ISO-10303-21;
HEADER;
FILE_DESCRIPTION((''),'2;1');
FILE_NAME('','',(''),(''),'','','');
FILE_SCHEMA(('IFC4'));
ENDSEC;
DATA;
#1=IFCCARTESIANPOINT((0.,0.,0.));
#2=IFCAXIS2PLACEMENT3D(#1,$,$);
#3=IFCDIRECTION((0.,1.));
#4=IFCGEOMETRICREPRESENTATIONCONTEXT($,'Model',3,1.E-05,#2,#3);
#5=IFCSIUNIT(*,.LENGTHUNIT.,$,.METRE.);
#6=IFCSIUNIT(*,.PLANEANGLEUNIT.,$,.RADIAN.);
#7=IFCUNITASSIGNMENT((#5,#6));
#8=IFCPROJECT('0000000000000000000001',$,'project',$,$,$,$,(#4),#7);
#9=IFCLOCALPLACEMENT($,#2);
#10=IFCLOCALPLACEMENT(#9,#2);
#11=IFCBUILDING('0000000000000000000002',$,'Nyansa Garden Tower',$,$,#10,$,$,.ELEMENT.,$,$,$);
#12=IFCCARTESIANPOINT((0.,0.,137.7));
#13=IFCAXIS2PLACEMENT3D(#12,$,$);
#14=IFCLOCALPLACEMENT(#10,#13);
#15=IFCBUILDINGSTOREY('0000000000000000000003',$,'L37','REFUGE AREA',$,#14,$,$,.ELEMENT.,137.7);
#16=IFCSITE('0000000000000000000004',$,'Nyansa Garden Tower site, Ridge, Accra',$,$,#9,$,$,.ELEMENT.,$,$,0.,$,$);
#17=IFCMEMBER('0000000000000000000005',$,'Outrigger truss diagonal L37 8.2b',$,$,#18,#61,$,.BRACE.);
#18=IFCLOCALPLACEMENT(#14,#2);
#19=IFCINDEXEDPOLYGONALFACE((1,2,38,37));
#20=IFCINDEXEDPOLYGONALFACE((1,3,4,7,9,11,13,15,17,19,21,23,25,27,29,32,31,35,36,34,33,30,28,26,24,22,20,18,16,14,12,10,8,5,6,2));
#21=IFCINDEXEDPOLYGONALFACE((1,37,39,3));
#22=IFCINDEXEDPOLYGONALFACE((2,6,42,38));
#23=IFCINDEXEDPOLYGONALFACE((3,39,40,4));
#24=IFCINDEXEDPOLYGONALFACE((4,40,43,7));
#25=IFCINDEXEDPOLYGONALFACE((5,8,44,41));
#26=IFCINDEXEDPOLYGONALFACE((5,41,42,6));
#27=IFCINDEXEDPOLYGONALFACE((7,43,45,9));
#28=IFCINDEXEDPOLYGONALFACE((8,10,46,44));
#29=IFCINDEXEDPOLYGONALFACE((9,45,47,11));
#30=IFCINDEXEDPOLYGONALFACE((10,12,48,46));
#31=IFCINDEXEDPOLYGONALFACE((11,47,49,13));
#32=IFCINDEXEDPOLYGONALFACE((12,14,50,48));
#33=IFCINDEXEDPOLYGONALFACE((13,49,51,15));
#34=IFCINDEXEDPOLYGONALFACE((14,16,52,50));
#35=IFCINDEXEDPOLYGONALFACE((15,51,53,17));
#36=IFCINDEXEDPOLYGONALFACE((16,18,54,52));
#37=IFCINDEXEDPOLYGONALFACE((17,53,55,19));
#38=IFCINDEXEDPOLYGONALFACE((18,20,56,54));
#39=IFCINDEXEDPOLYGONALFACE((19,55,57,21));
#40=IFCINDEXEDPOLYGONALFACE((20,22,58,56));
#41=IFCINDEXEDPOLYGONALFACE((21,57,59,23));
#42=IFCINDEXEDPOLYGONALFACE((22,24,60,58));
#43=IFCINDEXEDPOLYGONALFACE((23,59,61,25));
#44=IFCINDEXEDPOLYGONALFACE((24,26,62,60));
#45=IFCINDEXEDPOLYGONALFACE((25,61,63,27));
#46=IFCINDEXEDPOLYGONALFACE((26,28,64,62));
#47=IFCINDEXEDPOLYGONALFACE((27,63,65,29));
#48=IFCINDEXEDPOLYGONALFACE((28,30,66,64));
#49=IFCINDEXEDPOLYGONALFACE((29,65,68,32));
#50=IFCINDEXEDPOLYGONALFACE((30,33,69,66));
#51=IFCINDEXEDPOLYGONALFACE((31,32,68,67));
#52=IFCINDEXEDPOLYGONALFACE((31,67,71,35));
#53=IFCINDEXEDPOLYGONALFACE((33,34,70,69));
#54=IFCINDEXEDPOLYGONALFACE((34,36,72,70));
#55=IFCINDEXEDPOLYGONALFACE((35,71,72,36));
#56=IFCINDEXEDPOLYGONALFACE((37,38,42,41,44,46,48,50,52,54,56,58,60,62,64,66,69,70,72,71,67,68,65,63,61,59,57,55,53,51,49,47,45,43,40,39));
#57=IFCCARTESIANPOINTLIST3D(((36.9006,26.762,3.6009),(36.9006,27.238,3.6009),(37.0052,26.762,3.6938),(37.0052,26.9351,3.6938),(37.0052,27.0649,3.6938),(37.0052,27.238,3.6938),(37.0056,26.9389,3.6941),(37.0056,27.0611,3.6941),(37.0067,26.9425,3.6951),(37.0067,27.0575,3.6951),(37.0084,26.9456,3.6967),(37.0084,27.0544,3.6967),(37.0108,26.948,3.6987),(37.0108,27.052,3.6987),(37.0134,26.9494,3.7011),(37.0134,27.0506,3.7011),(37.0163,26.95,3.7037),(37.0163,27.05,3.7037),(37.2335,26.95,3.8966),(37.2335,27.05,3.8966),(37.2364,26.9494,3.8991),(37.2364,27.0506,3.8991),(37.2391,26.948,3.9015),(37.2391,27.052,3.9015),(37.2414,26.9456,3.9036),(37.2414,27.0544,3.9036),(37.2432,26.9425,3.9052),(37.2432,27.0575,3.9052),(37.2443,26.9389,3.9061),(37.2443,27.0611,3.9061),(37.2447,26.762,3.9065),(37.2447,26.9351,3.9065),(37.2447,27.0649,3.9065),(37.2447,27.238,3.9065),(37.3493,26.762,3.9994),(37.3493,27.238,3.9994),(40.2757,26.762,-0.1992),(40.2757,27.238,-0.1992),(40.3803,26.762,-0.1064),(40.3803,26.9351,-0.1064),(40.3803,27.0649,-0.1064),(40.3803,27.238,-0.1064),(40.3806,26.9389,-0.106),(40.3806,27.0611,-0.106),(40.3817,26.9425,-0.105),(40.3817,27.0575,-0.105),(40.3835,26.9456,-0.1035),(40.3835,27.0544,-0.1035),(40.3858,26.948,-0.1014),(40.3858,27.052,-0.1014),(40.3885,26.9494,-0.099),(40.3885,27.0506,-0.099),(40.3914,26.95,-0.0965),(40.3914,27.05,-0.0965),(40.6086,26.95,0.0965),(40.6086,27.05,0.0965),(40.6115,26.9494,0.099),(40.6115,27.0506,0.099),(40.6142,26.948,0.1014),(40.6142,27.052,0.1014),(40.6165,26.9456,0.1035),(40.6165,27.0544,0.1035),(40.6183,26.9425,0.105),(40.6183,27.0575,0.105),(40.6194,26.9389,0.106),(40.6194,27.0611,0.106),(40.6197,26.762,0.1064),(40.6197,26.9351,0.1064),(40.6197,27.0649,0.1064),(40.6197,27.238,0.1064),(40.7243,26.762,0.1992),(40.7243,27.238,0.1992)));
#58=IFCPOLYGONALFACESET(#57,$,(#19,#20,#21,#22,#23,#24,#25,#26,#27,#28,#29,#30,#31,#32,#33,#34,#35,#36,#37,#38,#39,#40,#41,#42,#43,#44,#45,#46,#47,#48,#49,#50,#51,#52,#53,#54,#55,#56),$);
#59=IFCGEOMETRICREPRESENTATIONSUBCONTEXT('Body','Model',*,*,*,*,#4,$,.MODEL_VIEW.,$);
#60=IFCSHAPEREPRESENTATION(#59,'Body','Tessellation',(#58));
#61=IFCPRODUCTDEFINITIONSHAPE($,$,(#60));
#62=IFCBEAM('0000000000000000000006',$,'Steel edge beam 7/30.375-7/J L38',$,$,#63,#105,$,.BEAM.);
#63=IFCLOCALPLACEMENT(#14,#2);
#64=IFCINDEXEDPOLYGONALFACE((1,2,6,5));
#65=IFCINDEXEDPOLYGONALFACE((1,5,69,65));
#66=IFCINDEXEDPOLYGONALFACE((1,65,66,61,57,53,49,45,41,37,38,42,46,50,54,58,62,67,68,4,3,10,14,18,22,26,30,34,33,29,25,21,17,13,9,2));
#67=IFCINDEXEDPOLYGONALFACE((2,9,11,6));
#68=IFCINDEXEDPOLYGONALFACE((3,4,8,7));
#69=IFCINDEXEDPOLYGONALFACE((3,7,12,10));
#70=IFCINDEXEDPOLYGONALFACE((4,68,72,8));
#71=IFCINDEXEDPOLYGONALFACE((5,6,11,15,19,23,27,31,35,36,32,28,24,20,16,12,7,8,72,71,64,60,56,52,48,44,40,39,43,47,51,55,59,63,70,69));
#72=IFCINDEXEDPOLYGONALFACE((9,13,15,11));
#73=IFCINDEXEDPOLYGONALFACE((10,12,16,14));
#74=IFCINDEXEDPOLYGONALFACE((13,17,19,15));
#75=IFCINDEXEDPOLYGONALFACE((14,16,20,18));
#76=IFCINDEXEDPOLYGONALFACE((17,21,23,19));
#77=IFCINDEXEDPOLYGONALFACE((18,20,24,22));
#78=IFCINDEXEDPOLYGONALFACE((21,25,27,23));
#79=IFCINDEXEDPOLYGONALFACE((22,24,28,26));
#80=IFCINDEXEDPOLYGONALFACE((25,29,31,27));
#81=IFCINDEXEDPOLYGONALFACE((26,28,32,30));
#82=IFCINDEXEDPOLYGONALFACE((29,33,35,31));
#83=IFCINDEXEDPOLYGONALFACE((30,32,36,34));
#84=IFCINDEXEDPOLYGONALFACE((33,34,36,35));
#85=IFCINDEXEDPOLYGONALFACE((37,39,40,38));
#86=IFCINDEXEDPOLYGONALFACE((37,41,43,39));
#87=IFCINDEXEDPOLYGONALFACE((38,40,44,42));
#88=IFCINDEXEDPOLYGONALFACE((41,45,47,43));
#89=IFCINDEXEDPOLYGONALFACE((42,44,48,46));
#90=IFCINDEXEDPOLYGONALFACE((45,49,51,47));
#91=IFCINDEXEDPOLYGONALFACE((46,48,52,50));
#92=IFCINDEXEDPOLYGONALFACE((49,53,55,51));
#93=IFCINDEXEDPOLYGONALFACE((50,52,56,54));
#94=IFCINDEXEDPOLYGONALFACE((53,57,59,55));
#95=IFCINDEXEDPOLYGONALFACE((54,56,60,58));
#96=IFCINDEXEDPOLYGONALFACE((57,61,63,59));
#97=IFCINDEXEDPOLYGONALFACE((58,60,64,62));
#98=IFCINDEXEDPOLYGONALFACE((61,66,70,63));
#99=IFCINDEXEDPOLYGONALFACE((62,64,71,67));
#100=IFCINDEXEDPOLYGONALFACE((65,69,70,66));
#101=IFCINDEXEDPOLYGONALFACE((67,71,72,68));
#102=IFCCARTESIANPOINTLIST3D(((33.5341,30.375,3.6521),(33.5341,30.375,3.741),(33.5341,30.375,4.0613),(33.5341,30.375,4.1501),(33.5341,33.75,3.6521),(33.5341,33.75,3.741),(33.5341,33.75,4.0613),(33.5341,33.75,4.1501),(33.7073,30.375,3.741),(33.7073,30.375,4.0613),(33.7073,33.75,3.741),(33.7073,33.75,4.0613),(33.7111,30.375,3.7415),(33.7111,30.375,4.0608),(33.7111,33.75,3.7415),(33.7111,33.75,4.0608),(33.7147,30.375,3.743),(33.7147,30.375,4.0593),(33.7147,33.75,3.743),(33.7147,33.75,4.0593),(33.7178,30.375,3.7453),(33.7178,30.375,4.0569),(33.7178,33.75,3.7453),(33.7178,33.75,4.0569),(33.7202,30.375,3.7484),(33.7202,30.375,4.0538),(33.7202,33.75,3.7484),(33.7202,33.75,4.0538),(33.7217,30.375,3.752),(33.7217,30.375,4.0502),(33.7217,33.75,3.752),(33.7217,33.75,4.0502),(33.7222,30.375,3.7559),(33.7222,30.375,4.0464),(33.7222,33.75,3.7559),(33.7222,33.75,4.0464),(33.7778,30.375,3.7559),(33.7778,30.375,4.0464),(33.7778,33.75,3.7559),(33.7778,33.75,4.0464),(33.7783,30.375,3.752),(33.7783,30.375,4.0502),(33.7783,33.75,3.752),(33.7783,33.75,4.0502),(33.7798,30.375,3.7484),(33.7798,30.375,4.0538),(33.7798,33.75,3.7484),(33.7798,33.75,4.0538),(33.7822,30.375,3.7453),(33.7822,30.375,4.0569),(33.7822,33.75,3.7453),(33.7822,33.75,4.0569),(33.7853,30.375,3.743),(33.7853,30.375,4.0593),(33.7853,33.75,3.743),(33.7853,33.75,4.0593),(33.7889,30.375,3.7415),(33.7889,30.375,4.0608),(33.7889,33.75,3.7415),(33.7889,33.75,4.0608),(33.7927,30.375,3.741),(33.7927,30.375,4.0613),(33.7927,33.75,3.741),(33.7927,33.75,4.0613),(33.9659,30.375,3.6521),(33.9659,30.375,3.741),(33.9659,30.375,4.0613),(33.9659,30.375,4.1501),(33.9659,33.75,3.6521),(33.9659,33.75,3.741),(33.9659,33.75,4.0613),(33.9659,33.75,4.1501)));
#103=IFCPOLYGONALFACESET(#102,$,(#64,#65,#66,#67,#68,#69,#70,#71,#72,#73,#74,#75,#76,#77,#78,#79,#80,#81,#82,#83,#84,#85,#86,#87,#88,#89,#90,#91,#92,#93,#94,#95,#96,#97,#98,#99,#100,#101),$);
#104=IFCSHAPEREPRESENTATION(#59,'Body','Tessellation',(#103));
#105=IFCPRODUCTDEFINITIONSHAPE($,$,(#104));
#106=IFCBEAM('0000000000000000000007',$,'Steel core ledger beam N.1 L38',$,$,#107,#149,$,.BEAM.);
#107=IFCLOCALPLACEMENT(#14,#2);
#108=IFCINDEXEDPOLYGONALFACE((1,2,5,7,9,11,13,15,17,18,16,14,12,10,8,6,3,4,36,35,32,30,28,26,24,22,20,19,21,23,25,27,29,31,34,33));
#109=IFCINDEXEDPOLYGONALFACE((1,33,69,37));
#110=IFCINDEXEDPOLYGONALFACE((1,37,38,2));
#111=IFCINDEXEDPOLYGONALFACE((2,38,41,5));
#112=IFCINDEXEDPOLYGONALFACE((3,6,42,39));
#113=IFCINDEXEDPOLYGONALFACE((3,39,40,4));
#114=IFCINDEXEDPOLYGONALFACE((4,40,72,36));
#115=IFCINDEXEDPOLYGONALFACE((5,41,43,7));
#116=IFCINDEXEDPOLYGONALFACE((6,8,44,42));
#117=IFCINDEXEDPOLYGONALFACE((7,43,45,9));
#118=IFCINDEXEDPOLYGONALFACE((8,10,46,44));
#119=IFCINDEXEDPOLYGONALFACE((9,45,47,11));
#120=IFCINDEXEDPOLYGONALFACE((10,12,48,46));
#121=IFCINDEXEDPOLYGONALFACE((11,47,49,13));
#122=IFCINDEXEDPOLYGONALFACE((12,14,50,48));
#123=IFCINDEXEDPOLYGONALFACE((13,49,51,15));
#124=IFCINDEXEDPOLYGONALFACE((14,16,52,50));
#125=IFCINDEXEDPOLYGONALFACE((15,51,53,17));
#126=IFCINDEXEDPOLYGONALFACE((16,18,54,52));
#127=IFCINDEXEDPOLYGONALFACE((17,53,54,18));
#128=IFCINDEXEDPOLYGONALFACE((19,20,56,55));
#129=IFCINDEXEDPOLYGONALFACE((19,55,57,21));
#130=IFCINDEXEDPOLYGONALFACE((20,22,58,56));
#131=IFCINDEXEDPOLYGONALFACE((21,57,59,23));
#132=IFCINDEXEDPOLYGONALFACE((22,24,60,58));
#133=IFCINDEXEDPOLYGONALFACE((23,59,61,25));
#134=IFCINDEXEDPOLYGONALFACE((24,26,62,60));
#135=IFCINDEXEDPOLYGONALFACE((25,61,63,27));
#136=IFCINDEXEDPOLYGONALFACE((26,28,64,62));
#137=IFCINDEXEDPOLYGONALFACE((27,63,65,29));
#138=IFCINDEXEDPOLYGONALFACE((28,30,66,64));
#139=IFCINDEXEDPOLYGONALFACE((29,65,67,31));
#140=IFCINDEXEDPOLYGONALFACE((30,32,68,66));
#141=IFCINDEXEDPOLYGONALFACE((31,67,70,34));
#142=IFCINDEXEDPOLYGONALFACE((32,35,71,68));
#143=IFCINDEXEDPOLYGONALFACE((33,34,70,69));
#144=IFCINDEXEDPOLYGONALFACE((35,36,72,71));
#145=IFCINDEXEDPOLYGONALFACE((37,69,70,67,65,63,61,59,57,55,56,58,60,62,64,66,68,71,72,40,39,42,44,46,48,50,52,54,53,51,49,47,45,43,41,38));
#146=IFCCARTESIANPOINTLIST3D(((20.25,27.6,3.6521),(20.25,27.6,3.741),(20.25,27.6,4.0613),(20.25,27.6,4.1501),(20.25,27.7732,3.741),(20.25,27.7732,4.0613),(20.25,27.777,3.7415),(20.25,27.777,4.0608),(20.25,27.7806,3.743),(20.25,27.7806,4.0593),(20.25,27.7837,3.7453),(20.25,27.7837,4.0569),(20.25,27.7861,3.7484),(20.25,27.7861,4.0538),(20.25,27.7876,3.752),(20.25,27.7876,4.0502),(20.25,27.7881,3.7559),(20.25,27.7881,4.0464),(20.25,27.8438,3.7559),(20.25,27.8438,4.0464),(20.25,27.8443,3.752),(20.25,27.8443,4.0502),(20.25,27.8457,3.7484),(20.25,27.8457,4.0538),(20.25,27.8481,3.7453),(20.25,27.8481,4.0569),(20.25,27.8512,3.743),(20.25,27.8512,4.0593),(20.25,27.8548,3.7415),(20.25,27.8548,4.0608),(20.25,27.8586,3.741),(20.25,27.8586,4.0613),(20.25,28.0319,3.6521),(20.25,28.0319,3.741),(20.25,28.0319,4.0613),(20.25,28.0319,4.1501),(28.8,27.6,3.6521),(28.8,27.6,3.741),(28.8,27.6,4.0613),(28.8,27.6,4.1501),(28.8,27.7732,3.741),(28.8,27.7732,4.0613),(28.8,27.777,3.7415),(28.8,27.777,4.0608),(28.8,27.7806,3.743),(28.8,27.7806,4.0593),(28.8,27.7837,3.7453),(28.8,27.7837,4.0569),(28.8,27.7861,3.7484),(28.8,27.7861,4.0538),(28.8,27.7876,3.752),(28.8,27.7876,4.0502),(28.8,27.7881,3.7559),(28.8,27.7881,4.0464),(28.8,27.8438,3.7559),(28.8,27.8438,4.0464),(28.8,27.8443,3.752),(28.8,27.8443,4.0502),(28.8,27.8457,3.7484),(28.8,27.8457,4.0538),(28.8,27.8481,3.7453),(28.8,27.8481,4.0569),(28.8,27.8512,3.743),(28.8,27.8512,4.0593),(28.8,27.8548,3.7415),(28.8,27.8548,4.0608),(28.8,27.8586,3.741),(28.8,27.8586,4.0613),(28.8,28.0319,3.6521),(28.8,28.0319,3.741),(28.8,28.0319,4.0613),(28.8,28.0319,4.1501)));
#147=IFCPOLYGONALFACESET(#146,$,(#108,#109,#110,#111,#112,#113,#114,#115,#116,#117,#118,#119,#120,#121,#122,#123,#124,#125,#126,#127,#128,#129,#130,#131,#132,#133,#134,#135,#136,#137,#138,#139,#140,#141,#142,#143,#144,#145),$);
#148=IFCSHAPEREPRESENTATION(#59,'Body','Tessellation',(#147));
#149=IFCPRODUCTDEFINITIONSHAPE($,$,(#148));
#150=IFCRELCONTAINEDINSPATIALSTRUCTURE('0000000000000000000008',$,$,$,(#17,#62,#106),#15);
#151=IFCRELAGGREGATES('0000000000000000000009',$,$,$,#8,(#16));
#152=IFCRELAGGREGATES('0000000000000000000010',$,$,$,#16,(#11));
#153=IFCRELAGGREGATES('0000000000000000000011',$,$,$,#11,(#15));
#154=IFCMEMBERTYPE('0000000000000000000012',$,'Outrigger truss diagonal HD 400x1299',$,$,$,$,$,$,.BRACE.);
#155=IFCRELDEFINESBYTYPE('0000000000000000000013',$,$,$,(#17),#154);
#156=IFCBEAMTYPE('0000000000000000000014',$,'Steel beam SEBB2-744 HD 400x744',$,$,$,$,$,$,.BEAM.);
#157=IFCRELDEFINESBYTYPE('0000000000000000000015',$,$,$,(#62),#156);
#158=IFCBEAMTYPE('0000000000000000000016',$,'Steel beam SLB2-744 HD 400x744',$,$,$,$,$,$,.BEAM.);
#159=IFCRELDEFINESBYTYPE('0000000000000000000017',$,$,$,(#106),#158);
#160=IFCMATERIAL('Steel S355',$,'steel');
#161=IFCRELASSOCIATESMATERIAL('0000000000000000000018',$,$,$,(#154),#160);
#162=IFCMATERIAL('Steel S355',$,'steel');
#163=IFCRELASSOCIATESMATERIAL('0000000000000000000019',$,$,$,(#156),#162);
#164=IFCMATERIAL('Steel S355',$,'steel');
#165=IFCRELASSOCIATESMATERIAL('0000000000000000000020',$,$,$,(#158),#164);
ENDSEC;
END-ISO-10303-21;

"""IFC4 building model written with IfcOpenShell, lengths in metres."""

from ifc_helpers import new_model, si_unit, direction, frame, origin, origin_2d, place, context, subcontext, project, spatial, i_section, extrude, material, material_profile, profile_set, type_object, element, save


model = new_model("IFC4")

# Units and contexts
model_context = context("Model", 3, precision=1e-05, world=origin(), true_north=direction((0.0, 1.0)))
body_context = subcontext(model_context, "Body", "Model", "MODEL_VIEW")
ifc_project = project(units=[si_unit("LENGTHUNIT", "METRE"), si_unit("PLANEANGLEUNIT", "RADIAN")], contexts=[model_context])

# Site, building, storey
site_placement = place(None, origin())
site = spatial("IfcSite", under=ifc_project, at=site_placement, Name="Nyansa Garden Tower site, Ridge, Accra", CompositionType="ELEMENT", RefElevation=0.0)
building_placement = place(site_placement, origin())
building = spatial("IfcBuilding", under=site, at=building_placement, Name="Nyansa Garden Tower", CompositionType="ELEMENT")
storey_placement = place(building_placement, frame((0.0, 0.0, 137.7)))
storey = spatial("IfcBuildingStorey", under=building, at=storey_placement, Name="L37", Description="REFUGE AREA", CompositionType="ELEMENT", Elevation=137.7)

# Member
ifc_material_1 = material(Name="Steel S355", Category="steel")
ifc_material_profile_1 = material_profile(ifc_material_1, i_section(OverallWidth=0.4761, OverallDepth=0.6001, WebThickness=0.1001, FlangeThickness=0.1399, FilletRadius=0.0149, at=origin_2d()), Name="HD 400x1299")
ifc_profile_set_1 = profile_set([ifc_material_profile_1], Name="Steel S355")
member_type_1 = type_object("IfcMemberType", Name="Outrigger truss diagonal HD 400x1299", PredefinedType="BRACE", material=ifc_profile_set_1)
member_1_placement = place(storey_placement, frame((40.5, 27.0, 0.0), z_axis=(-0.664054, 0.0, 0.747685), x_axis=(0.0, -1.0, 0.0)))
element("IfcMember", 1, at=member_1_placement, inside=storey, type_object=member_type_1, Name="Outrigger truss diagonal L37 8.2b", PredefinedType="BRACE", context=body_context, shape_type="SweptSolid", body=[
    extrude(i_section(OverallWidth=0.4761, OverallDepth=0.6001, WebThickness=0.1001, FlangeThickness=0.1399, FilletRadius=0.0149, at=origin_2d()), origin(), (0.0, 0.0, 1.0), 5.0825),
])

# Beams
ifc_material_2 = material(Name="Steel S355", Category="steel")
ifc_material_profile_2 = material_profile(ifc_material_2, i_section(OverallWidth=0.4319, OverallDepth=0.498, WebThickness=0.0557, FlangeThickness=0.0889, FilletRadius=0.0149, at=origin_2d()), Name="HD 400x744")
ifc_profile_set_2 = profile_set([ifc_material_profile_2], Name="Steel S355")
beam_type_1 = type_object("IfcBeamType", Name="Steel beam SEBB2-744 HD 400x744", PredefinedType="BEAM", material=ifc_profile_set_2)
beam_1_placement = place(storey_placement, frame((33.75, 30.375, 3.9011), z_axis=(0.0, 1.0, 0.0), x_axis=(-1.0, 0.0, 0.0)))
element("IfcBeam", 2, at=beam_1_placement, inside=storey, type_object=beam_type_1, Name="Steel edge beam 7/30.375-7/J L38", PredefinedType="BEAM", context=body_context, shape_type="SweptSolid", body=[
    extrude(i_section(OverallWidth=0.4319, OverallDepth=0.498, WebThickness=0.0557, FlangeThickness=0.0889, FilletRadius=0.0149, at=origin_2d()), origin(), (0.0, 0.0, 1.0), 3.375),
])
ifc_material_3 = material(Name="Steel S355", Category="steel")
ifc_material_profile_3 = material_profile(ifc_material_3, i_section(OverallWidth=0.4319, OverallDepth=0.498, WebThickness=0.0557, FlangeThickness=0.0889, FilletRadius=0.0149, at=origin_2d()), Name="HD 400x744")
ifc_profile_set_3 = profile_set([ifc_material_profile_3], Name="Steel S355")
beam_type_2 = type_object("IfcBeamType", Name="Steel beam SLB2-744 HD 400x744", PredefinedType="BEAM", material=ifc_profile_set_3)
beam_2_placement = place(storey_placement, frame((28.8, 27.8159, 3.9011), z_axis=(-1.0, 0.0, 0.0), x_axis=(0.0, -1.0, 0.0)))
element("IfcBeam", 3, at=beam_2_placement, inside=storey, type_object=beam_type_2, Name="Steel core ledger beam N.1 L38", PredefinedType="BEAM", context=body_context, shape_type="SweptSolid", body=[
    extrude(i_section(OverallWidth=0.4319, OverallDepth=0.498, WebThickness=0.0557, FlangeThickness=0.0889, FilletRadius=0.0149, at=origin_2d()), origin(), (0.0, 0.0, 1.0), 8.55),
])

save(model, "model.ifc")
